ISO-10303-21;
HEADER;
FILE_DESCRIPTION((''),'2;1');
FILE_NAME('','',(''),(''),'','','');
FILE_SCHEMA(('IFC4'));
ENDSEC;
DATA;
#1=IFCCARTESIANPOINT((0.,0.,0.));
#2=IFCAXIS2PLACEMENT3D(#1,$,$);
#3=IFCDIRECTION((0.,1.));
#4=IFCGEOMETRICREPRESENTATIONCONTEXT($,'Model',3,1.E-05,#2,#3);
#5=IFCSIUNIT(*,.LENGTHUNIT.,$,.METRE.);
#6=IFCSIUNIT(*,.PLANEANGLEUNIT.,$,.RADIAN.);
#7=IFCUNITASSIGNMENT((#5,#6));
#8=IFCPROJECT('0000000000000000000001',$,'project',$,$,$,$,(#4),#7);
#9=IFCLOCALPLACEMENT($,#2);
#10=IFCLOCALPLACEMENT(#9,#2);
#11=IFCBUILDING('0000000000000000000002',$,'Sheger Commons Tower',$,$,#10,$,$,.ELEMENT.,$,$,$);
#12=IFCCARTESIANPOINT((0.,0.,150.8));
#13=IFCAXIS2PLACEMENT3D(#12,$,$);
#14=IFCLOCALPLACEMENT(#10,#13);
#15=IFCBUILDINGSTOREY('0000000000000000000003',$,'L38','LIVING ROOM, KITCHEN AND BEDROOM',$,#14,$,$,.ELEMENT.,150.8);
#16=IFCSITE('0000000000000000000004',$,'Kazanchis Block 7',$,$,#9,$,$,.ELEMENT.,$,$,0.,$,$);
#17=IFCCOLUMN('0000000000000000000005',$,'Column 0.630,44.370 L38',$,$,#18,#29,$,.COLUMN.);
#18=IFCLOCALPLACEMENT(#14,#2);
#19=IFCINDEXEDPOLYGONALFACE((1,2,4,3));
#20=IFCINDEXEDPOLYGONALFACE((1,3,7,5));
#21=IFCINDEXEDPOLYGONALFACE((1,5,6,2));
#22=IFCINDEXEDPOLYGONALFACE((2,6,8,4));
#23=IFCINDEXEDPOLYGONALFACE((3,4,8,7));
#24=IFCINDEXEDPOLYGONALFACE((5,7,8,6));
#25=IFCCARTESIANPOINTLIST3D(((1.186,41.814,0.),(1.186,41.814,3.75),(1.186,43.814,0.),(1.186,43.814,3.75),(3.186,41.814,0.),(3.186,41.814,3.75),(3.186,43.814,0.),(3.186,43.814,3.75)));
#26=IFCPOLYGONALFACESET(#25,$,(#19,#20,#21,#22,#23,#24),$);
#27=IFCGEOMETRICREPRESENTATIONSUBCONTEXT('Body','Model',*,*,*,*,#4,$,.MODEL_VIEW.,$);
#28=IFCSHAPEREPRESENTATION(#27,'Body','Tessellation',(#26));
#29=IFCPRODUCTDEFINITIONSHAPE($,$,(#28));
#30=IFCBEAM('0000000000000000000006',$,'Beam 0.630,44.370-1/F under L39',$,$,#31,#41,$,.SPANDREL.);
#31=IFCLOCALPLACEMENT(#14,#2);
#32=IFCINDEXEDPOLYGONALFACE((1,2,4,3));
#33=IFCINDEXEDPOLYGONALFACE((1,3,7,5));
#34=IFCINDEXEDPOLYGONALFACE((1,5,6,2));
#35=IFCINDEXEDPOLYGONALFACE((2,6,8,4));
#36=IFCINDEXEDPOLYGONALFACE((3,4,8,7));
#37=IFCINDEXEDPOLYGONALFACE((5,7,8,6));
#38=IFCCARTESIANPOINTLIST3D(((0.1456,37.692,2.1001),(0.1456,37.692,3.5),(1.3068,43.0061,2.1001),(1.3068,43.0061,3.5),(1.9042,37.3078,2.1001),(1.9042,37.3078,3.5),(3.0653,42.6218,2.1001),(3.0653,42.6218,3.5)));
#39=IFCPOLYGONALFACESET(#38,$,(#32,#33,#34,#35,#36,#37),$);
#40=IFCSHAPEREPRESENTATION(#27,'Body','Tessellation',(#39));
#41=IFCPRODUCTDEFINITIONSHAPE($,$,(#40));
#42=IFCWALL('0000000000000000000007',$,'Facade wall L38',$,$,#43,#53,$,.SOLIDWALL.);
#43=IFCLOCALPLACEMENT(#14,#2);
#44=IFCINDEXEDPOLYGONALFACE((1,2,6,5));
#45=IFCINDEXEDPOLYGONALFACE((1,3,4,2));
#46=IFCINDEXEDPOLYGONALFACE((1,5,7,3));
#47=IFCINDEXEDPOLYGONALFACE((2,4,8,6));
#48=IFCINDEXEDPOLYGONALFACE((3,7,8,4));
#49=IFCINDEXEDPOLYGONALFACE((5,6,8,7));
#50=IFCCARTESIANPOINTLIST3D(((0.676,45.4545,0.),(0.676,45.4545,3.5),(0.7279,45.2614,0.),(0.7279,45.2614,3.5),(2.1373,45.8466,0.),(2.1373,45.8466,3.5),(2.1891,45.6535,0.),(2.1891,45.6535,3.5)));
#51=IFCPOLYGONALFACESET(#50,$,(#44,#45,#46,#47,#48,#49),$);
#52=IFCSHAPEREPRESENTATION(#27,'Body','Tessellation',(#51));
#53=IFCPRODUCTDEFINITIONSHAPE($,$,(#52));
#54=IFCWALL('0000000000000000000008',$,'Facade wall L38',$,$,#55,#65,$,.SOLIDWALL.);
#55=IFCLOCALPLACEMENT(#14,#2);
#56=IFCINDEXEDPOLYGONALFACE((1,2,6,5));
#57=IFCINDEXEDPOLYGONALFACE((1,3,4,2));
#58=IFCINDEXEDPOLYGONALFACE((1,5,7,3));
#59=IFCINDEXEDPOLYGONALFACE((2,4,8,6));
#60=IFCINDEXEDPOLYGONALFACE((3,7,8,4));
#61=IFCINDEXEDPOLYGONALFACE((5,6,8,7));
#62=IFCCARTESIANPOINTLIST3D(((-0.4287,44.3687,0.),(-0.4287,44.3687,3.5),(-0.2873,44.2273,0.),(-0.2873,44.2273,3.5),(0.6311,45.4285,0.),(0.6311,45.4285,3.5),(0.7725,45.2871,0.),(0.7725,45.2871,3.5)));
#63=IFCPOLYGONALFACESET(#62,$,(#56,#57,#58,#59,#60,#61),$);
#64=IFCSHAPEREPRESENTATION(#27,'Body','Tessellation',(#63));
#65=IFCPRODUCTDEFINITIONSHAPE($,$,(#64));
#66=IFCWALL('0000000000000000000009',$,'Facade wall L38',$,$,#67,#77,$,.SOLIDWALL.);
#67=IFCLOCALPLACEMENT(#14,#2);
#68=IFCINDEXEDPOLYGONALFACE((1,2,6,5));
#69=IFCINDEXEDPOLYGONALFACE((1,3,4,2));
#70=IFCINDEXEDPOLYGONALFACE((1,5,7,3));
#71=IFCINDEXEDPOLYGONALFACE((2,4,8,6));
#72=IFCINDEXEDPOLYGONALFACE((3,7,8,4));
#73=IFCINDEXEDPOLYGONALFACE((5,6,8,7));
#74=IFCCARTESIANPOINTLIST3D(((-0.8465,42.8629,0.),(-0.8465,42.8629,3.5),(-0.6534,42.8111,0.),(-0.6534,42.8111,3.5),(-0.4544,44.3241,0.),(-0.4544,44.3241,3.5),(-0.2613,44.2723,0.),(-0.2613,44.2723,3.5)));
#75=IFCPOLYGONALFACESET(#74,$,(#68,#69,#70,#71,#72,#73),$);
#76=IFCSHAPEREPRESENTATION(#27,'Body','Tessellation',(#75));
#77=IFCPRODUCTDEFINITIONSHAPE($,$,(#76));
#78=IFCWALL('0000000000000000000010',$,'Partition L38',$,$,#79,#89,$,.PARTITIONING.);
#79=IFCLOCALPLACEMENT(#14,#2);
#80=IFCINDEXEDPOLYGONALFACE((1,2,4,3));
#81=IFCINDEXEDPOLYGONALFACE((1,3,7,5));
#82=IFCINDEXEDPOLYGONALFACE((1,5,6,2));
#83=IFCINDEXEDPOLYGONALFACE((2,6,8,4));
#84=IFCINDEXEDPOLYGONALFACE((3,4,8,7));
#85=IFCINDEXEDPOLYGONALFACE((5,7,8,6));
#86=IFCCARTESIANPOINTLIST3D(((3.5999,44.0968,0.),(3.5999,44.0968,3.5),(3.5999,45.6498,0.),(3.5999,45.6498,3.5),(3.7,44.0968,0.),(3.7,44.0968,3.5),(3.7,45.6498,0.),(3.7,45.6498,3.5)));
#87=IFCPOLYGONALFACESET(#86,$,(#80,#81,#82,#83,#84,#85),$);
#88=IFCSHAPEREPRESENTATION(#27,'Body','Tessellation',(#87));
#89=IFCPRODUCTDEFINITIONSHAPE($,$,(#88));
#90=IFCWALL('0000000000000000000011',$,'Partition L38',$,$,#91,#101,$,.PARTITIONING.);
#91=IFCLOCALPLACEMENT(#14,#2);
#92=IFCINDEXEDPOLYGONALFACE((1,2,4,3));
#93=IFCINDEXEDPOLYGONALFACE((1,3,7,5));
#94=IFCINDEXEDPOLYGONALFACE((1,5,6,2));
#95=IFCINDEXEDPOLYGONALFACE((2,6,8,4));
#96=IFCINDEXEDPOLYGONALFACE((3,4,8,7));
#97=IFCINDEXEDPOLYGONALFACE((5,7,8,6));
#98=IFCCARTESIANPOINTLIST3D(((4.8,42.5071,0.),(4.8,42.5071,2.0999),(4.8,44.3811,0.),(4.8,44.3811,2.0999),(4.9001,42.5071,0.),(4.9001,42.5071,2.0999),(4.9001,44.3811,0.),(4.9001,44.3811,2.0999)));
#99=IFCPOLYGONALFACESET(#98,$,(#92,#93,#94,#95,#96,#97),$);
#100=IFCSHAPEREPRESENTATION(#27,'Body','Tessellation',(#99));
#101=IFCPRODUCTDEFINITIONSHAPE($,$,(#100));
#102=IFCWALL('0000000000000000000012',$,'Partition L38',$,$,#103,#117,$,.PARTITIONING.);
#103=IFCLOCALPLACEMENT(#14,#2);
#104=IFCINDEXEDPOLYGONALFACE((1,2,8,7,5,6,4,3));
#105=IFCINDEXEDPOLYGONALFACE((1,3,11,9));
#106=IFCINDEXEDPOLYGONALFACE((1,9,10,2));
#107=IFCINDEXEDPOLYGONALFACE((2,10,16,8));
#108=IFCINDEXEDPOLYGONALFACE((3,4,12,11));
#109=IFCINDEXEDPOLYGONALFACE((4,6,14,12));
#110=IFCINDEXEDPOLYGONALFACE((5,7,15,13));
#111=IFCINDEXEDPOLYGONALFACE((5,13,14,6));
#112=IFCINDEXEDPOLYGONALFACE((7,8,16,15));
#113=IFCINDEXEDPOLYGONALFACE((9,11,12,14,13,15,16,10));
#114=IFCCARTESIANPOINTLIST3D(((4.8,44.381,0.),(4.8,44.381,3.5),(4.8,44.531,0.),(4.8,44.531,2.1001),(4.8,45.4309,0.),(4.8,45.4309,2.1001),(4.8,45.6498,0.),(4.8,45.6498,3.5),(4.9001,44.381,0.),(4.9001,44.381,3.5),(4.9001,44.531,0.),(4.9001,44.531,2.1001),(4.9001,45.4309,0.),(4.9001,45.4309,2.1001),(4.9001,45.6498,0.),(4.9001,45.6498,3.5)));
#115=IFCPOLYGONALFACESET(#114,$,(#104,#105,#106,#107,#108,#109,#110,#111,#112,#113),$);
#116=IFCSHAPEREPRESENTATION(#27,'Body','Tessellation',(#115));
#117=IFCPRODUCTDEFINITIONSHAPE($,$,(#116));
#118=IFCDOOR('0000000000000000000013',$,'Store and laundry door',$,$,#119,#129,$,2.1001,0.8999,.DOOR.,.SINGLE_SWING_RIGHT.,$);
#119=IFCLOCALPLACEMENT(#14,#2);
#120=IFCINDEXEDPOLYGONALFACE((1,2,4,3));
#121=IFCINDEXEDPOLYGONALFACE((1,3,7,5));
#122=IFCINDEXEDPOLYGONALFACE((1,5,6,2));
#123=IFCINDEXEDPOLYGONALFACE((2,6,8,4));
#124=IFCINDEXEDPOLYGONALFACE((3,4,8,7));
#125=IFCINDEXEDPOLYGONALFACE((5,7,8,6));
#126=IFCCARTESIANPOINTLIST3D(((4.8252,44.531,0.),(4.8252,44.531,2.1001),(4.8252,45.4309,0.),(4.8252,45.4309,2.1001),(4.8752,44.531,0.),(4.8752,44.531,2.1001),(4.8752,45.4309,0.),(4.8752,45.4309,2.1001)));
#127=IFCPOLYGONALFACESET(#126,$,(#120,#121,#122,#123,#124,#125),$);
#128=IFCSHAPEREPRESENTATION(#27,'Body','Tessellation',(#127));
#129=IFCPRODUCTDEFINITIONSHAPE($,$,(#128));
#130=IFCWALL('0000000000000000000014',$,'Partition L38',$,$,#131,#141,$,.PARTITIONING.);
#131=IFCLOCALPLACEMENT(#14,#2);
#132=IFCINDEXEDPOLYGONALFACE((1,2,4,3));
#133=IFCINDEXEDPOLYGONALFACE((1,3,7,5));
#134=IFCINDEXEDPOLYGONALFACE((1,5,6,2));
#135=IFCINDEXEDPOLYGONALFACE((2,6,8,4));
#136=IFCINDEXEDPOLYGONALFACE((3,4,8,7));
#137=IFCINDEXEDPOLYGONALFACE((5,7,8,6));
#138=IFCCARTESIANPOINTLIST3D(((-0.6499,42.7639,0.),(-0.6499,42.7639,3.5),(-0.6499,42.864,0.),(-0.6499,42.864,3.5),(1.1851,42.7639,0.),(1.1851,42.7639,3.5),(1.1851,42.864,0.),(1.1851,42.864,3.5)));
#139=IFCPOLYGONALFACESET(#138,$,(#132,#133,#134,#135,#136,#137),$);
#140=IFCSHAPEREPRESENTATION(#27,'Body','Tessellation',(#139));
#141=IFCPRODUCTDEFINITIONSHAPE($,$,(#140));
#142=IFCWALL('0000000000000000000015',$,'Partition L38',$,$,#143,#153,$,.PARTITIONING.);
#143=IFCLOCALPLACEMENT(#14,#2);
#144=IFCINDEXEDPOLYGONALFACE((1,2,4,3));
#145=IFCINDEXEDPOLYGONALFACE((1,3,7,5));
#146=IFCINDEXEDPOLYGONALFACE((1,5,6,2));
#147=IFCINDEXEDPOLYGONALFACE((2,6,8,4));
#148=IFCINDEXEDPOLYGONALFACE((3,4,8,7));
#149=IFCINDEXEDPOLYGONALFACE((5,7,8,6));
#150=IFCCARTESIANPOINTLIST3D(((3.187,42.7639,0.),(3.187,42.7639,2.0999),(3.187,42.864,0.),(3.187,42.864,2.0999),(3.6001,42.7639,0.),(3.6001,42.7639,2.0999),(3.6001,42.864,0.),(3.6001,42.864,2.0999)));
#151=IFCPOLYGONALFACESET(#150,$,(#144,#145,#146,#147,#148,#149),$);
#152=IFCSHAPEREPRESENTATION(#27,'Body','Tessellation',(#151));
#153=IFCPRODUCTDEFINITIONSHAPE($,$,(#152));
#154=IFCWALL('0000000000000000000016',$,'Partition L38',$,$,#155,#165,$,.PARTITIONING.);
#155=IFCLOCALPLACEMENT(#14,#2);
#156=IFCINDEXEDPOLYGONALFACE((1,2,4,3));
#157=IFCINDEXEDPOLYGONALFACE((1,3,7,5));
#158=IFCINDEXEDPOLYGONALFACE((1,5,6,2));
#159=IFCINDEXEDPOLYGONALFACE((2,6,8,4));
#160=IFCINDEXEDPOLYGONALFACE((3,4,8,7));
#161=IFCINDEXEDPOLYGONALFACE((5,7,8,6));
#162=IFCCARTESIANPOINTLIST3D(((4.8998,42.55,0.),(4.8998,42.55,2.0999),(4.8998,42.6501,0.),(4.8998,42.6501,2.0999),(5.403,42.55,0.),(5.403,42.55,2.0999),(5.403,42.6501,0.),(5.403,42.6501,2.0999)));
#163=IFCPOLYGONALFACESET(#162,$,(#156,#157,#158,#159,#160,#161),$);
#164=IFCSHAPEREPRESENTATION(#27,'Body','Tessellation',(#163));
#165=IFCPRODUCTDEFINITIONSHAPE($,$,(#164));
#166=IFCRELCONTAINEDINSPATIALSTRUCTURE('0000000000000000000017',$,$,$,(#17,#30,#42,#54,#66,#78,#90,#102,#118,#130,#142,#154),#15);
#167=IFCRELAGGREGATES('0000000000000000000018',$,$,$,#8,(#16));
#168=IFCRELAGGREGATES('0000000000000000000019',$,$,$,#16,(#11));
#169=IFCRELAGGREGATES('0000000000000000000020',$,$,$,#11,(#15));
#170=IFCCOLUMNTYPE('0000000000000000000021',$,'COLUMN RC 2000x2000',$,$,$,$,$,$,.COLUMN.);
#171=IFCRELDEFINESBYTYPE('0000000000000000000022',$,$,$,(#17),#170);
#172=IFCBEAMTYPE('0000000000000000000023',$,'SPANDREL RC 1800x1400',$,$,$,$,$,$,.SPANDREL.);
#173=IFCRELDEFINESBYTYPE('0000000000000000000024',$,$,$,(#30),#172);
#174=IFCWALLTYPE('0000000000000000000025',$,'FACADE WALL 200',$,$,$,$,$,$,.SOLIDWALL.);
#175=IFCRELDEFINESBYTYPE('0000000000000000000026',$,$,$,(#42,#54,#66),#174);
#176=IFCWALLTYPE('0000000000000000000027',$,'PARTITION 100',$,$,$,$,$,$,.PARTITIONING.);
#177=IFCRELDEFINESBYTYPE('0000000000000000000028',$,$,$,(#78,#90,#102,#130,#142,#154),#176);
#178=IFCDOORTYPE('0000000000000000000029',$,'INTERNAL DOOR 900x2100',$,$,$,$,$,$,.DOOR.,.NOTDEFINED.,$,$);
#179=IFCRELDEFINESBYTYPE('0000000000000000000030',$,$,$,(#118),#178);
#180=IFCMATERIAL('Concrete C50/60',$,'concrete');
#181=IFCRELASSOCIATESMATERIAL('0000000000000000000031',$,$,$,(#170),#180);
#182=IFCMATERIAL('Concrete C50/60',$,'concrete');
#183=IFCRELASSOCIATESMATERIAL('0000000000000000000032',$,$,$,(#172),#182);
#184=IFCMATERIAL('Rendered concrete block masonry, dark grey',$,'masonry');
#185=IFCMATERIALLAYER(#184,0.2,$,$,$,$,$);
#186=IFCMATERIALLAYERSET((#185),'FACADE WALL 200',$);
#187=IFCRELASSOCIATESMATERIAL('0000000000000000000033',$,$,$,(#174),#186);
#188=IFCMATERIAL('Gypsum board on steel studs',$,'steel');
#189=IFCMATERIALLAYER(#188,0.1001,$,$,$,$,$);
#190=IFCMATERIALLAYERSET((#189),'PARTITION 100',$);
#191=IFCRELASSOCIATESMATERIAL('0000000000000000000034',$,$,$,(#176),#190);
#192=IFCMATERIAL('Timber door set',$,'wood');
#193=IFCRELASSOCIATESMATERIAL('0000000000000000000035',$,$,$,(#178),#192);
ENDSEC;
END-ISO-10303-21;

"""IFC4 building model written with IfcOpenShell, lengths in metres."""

from ifc_helpers import new_model, si_unit, direction, frame, frame_2d, origin, origin_2d, place, context, subcontext, project, spatial, rectangle, extrude, material, layer, layer_set, material_profile, profile_set, type_object, element, fill, save


model = new_model("IFC4")

# Units and contexts
model_context = context("Model", 3, precision=1e-05, world=origin(), true_north=direction((0.0, 1.0)))
body_context = subcontext(model_context, "Body", "Model", "MODEL_VIEW")
ifc_project = project(units=[si_unit("LENGTHUNIT", "METRE"), si_unit("PLANEANGLEUNIT", "RADIAN")], contexts=[model_context])

# Site, building, storey
site_placement = place(None, origin())
site = spatial("IfcSite", under=ifc_project, at=site_placement, Name="Kazanchis Block 7", CompositionType="ELEMENT", RefElevation=0.0)
building_placement = place(site_placement, origin())
building = spatial("IfcBuilding", under=site, at=building_placement, Name="Sheger Commons Tower", CompositionType="ELEMENT")
storey_placement = place(building_placement, frame((0.0, 0.0, 150.8)))
storey = spatial("IfcBuildingStorey", under=building, at=storey_placement, Name="L38", Description="LIVING ROOM, KITCHEN AND BEDROOM", CompositionType="ELEMENT", Elevation=150.8)

# Column
ifc_material_1 = material(Name="Concrete C50/60", Category="concrete")
ifc_material_profile_1 = material_profile(ifc_material_1, rectangle(XDim=2.0, YDim=2.0, at=origin_2d()), Name="RC 2000x2000")
ifc_profile_set_1 = profile_set([ifc_material_profile_1], Name="Concrete C50/60")
column_type = type_object("IfcColumnType", Name="COLUMN RC 2000x2000", PredefinedType="COLUMN", material=ifc_profile_set_1)
column_placement = place(storey_placement, frame((2.186, 42.814, 0.0), z_axis=(0.0, 0.0, 1.0), x_axis=(1.0, 0.0, 0.0)))
element("IfcColumn", 1, at=column_placement, inside=storey, type_object=column_type, Name="Column 0.630,44.370 L38", PredefinedType="COLUMN", context=body_context, shape_type="SweptSolid", body=[
    extrude(rectangle(XDim=2.0, YDim=2.0, at=origin_2d()), origin(), (0.0, 0.0, 1.0), 3.75),
])

# Beam
ifc_material_2 = material(Name="Concrete C50/60", Category="concrete")
ifc_material_profile_2 = material_profile(ifc_material_2, rectangle(XDim=1.8, YDim=1.3999, at=origin_2d()), Name="RC 1800x1400")
ifc_profile_set_2 = profile_set([ifc_material_profile_2], Name="Concrete C50/60")
beam_type = type_object("IfcBeamType", Name="SPANDREL RC 1800x1400", PredefinedType="SPANDREL", material=ifc_profile_set_2)
beam_placement = place(storey_placement, frame((2.186, 42.814, 2.8), z_axis=(-0.213469, -0.97695, 0.0), x_axis=(0.97695, -0.213469, 0.0)))
element("IfcBeam", 2, at=beam_placement, inside=storey, type_object=beam_type, Name="Beam 0.630,44.370-1/F under L39", PredefinedType="SPANDREL", context=body_context, shape_type="SweptSolid", body=[
    extrude(rectangle(XDim=1.8, YDim=1.3999, at=origin_2d()), origin(), (0.0, 0.0, 1.0), 5.4395),
])

# Walls
ifc_material_3 = material(Name="Rendered concrete block masonry, dark grey", Category="masonry")
ifc_layer_1 = layer(ifc_material_3, 0.2)
ifc_layer_set_1 = layer_set([ifc_layer_1], Name="FACADE WALL 200")
wall_type_1 = type_object("IfcWallType", Name="FACADE WALL 200", PredefinedType="SOLIDWALL", material=ifc_layer_set_1)
wall_1_placement = place(storey_placement, frame((2.1631, 45.75, 0.0), z_axis=(0.0, 0.0, 1.0), x_axis=(-0.965832, -0.259169, 0.0)))
element("IfcWall", 3, at=wall_1_placement, inside=storey, type_object=wall_type_1, Name="Facade wall L38", PredefinedType="SOLIDWALL", context=body_context, shape_type="SweptSolid", body=[
    extrude(rectangle(XDim=1.5129, YDim=0.2, at=frame_2d((0.7563, 0.0))), origin(), (0.0, 0.0, 1.0), 3.5),
])
wall_2_placement = place(storey_placement, frame((0.7019, 45.3579, 0.0), z_axis=(0.0, 0.0, 1.0), x_axis=(-0.707107, -0.707107, 0.0)))
element("IfcWall", 4, at=wall_2_placement, inside=storey, type_object=wall_type_1, Name="Facade wall L38", PredefinedType="SOLIDWALL", context=body_context, shape_type="SweptSolid", body=[
    extrude(rectangle(XDim=1.4988, YDim=0.2, at=frame_2d((0.7495, 0.0))), origin(), (0.0, 0.0, 1.0), 3.5),
])
wall_3_placement = place(storey_placement, frame((-0.3579, 44.2981, 0.0), z_axis=(0.0, 0.0, 1.0), x_axis=(-0.259169, -0.965832, 0.0)))
element("IfcWall", 5, at=wall_3_placement, inside=storey, type_object=wall_type_1, Name="Facade wall L38", PredefinedType="SOLIDWALL", context=body_context, shape_type="SweptSolid", body=[
    extrude(rectangle(XDim=1.5129, YDim=0.2, at=frame_2d((0.7563, 0.0))), origin(), (0.0, 0.0, 1.0), 3.5),
])

# Walls
ifc_material_4 = material(Name="Gypsum board on steel studs", Category="steel")
ifc_layer_2 = layer(ifc_material_4, 0.1001)
ifc_layer_set_2 = layer_set([ifc_layer_2], Name="PARTITION 100")
wall_type_2 = type_object("IfcWallType", Name="PARTITION 100", PredefinedType="PARTITIONING", material=ifc_layer_set_2)
wall_4_placement = place(storey_placement, frame((3.6499, 44.0969, 0.0), z_axis=(0.0, 0.0, 1.0), x_axis=(0.0, 1.0, 0.0)))
element("IfcWall", 6, at=wall_4_placement, inside=storey, type_object=wall_type_2, Name="Partition L38", PredefinedType="PARTITIONING", context=body_context, shape_type="SweptSolid", body=[
    extrude(rectangle(XDim=1.553, YDim=0.1001, at=frame_2d((0.7764, 0.0))), origin(), (0.0, 0.0, 1.0), 3.5),
])
wall_5_placement = place(storey_placement, frame((4.8501, 42.5071, 0.0), z_axis=(0.0, 0.0, 1.0), x_axis=(0.0, 1.0, 0.0)))
element("IfcWall", 7, at=wall_5_placement, inside=storey, type_object=wall_type_2, Name="Partition L38", PredefinedType="PARTITIONING", context=body_context, shape_type="SweptSolid", body=[
    extrude(rectangle(XDim=1.874, YDim=0.1001, at=frame_2d((0.937, 0.0))), origin(), (0.0, 0.0, 1.0), 2.0999),
])

# Wall, opening, door
wall_6_placement = place(storey_placement, frame((4.8501, 44.3811, 0.0), z_axis=(0.0, 0.0, 1.0), x_axis=(0.0, 1.0, 0.0)))
wall_6 = element("IfcWall", 8, at=wall_6_placement, inside=storey, type_object=wall_type_2, Name="Partition L38", PredefinedType="PARTITIONING", context=body_context, shape_type="SweptSolid", body=[
    extrude(rectangle(XDim=1.2688, YDim=0.1001, at=frame_2d((0.6343, 0.0))), origin(), (0.0, 0.0, 1.0), 3.5),
])
opening_1_placement = place(wall_6_placement, frame((0.1499, 0.0, 0.0)))
opening_1 = element("IfcOpeningElement", 9, at=opening_1_placement, cuts=wall_6, PredefinedType="OPENING", context=body_context, shape_type="SweptSolid", body=[
    extrude(rectangle(XDim=0.8999, YDim=2.1001, at=frame_2d((0.45, 1.05))), frame((0.0, 0.0601, 0.0), z_axis=(0.0, -1.0, 0.0), x_axis=(1.0, 0.0, 0.0)), (0.0, 0.0, 1.0), 0.1201),
])
ifc_material_5 = material(Name="Timber door set", Category="wood")
door_type = type_object("IfcDoorType", Name="INTERNAL DOOR 900x2100", OperationType="NOTDEFINED", PredefinedType="DOOR", material=ifc_material_5)
door_1_placement = place(opening_1_placement, origin())
door_1 = element("IfcDoor", 10, at=door_1_placement, inside=storey, type_object=door_type, Name="Store and laundry door", OperationType="SINGLE_SWING_RIGHT", OverallHeight=2.1001, OverallWidth=0.8999, PredefinedType="DOOR", context=body_context, shape_type="SweptSolid", body=[
    extrude(rectangle(XDim=0.8999, YDim=2.1001, at=frame_2d((0.45, 1.05))), frame((0.0, 0.0249, 0.0), z_axis=(0.0, -1.0, 0.0), x_axis=(1.0, 0.0, 0.0)), (0.0, 0.0, 1.0), 0.05),
])
fill(opening_1, door_1)

# Walls
wall_7_placement = place(storey_placement, frame((-0.6499, 42.814, 0.0), z_axis=(0.0, 0.0, 1.0), x_axis=(1.0, 0.0, 0.0)))
element("IfcWall", 11, at=wall_7_placement, inside=storey, type_object=wall_type_2, Name="Partition L38", PredefinedType="PARTITIONING", context=body_context, shape_type="SweptSolid", body=[
    extrude(rectangle(XDim=1.835, YDim=0.1001, at=frame_2d((0.9175, 0.0))), origin(), (0.0, 0.0, 1.0), 3.5),
])
wall_8_placement = place(storey_placement, frame((3.187, 42.814, 0.0), z_axis=(0.0, 0.0, 1.0), x_axis=(1.0, 0.0, 0.0)))
element("IfcWall", 12, at=wall_8_placement, inside=storey, type_object=wall_type_2, Name="Partition L38", PredefinedType="PARTITIONING", context=body_context, shape_type="SweptSolid", body=[
    extrude(rectangle(XDim=0.4131, YDim=0.1001, at=frame_2d((0.2065, 0.0))), origin(), (0.0, 0.0, 1.0), 2.0999),
])
wall_9_placement = place(storey_placement, frame((4.8999, 42.6001, 0.0), z_axis=(0.0, 0.0, 1.0), x_axis=(1.0, 0.0, 0.0)))
element("IfcWall", 13, at=wall_9_placement, inside=storey, type_object=wall_type_2, Name="Partition L38", PredefinedType="PARTITIONING", context=body_context, shape_type="SweptSolid", body=[
    extrude(rectangle(XDim=0.5032, YDim=0.1001, at=frame_2d((0.2515, 0.0))), origin(), (0.0, 0.0, 1.0), 2.0999),
])

save(model, "model.ifc")
